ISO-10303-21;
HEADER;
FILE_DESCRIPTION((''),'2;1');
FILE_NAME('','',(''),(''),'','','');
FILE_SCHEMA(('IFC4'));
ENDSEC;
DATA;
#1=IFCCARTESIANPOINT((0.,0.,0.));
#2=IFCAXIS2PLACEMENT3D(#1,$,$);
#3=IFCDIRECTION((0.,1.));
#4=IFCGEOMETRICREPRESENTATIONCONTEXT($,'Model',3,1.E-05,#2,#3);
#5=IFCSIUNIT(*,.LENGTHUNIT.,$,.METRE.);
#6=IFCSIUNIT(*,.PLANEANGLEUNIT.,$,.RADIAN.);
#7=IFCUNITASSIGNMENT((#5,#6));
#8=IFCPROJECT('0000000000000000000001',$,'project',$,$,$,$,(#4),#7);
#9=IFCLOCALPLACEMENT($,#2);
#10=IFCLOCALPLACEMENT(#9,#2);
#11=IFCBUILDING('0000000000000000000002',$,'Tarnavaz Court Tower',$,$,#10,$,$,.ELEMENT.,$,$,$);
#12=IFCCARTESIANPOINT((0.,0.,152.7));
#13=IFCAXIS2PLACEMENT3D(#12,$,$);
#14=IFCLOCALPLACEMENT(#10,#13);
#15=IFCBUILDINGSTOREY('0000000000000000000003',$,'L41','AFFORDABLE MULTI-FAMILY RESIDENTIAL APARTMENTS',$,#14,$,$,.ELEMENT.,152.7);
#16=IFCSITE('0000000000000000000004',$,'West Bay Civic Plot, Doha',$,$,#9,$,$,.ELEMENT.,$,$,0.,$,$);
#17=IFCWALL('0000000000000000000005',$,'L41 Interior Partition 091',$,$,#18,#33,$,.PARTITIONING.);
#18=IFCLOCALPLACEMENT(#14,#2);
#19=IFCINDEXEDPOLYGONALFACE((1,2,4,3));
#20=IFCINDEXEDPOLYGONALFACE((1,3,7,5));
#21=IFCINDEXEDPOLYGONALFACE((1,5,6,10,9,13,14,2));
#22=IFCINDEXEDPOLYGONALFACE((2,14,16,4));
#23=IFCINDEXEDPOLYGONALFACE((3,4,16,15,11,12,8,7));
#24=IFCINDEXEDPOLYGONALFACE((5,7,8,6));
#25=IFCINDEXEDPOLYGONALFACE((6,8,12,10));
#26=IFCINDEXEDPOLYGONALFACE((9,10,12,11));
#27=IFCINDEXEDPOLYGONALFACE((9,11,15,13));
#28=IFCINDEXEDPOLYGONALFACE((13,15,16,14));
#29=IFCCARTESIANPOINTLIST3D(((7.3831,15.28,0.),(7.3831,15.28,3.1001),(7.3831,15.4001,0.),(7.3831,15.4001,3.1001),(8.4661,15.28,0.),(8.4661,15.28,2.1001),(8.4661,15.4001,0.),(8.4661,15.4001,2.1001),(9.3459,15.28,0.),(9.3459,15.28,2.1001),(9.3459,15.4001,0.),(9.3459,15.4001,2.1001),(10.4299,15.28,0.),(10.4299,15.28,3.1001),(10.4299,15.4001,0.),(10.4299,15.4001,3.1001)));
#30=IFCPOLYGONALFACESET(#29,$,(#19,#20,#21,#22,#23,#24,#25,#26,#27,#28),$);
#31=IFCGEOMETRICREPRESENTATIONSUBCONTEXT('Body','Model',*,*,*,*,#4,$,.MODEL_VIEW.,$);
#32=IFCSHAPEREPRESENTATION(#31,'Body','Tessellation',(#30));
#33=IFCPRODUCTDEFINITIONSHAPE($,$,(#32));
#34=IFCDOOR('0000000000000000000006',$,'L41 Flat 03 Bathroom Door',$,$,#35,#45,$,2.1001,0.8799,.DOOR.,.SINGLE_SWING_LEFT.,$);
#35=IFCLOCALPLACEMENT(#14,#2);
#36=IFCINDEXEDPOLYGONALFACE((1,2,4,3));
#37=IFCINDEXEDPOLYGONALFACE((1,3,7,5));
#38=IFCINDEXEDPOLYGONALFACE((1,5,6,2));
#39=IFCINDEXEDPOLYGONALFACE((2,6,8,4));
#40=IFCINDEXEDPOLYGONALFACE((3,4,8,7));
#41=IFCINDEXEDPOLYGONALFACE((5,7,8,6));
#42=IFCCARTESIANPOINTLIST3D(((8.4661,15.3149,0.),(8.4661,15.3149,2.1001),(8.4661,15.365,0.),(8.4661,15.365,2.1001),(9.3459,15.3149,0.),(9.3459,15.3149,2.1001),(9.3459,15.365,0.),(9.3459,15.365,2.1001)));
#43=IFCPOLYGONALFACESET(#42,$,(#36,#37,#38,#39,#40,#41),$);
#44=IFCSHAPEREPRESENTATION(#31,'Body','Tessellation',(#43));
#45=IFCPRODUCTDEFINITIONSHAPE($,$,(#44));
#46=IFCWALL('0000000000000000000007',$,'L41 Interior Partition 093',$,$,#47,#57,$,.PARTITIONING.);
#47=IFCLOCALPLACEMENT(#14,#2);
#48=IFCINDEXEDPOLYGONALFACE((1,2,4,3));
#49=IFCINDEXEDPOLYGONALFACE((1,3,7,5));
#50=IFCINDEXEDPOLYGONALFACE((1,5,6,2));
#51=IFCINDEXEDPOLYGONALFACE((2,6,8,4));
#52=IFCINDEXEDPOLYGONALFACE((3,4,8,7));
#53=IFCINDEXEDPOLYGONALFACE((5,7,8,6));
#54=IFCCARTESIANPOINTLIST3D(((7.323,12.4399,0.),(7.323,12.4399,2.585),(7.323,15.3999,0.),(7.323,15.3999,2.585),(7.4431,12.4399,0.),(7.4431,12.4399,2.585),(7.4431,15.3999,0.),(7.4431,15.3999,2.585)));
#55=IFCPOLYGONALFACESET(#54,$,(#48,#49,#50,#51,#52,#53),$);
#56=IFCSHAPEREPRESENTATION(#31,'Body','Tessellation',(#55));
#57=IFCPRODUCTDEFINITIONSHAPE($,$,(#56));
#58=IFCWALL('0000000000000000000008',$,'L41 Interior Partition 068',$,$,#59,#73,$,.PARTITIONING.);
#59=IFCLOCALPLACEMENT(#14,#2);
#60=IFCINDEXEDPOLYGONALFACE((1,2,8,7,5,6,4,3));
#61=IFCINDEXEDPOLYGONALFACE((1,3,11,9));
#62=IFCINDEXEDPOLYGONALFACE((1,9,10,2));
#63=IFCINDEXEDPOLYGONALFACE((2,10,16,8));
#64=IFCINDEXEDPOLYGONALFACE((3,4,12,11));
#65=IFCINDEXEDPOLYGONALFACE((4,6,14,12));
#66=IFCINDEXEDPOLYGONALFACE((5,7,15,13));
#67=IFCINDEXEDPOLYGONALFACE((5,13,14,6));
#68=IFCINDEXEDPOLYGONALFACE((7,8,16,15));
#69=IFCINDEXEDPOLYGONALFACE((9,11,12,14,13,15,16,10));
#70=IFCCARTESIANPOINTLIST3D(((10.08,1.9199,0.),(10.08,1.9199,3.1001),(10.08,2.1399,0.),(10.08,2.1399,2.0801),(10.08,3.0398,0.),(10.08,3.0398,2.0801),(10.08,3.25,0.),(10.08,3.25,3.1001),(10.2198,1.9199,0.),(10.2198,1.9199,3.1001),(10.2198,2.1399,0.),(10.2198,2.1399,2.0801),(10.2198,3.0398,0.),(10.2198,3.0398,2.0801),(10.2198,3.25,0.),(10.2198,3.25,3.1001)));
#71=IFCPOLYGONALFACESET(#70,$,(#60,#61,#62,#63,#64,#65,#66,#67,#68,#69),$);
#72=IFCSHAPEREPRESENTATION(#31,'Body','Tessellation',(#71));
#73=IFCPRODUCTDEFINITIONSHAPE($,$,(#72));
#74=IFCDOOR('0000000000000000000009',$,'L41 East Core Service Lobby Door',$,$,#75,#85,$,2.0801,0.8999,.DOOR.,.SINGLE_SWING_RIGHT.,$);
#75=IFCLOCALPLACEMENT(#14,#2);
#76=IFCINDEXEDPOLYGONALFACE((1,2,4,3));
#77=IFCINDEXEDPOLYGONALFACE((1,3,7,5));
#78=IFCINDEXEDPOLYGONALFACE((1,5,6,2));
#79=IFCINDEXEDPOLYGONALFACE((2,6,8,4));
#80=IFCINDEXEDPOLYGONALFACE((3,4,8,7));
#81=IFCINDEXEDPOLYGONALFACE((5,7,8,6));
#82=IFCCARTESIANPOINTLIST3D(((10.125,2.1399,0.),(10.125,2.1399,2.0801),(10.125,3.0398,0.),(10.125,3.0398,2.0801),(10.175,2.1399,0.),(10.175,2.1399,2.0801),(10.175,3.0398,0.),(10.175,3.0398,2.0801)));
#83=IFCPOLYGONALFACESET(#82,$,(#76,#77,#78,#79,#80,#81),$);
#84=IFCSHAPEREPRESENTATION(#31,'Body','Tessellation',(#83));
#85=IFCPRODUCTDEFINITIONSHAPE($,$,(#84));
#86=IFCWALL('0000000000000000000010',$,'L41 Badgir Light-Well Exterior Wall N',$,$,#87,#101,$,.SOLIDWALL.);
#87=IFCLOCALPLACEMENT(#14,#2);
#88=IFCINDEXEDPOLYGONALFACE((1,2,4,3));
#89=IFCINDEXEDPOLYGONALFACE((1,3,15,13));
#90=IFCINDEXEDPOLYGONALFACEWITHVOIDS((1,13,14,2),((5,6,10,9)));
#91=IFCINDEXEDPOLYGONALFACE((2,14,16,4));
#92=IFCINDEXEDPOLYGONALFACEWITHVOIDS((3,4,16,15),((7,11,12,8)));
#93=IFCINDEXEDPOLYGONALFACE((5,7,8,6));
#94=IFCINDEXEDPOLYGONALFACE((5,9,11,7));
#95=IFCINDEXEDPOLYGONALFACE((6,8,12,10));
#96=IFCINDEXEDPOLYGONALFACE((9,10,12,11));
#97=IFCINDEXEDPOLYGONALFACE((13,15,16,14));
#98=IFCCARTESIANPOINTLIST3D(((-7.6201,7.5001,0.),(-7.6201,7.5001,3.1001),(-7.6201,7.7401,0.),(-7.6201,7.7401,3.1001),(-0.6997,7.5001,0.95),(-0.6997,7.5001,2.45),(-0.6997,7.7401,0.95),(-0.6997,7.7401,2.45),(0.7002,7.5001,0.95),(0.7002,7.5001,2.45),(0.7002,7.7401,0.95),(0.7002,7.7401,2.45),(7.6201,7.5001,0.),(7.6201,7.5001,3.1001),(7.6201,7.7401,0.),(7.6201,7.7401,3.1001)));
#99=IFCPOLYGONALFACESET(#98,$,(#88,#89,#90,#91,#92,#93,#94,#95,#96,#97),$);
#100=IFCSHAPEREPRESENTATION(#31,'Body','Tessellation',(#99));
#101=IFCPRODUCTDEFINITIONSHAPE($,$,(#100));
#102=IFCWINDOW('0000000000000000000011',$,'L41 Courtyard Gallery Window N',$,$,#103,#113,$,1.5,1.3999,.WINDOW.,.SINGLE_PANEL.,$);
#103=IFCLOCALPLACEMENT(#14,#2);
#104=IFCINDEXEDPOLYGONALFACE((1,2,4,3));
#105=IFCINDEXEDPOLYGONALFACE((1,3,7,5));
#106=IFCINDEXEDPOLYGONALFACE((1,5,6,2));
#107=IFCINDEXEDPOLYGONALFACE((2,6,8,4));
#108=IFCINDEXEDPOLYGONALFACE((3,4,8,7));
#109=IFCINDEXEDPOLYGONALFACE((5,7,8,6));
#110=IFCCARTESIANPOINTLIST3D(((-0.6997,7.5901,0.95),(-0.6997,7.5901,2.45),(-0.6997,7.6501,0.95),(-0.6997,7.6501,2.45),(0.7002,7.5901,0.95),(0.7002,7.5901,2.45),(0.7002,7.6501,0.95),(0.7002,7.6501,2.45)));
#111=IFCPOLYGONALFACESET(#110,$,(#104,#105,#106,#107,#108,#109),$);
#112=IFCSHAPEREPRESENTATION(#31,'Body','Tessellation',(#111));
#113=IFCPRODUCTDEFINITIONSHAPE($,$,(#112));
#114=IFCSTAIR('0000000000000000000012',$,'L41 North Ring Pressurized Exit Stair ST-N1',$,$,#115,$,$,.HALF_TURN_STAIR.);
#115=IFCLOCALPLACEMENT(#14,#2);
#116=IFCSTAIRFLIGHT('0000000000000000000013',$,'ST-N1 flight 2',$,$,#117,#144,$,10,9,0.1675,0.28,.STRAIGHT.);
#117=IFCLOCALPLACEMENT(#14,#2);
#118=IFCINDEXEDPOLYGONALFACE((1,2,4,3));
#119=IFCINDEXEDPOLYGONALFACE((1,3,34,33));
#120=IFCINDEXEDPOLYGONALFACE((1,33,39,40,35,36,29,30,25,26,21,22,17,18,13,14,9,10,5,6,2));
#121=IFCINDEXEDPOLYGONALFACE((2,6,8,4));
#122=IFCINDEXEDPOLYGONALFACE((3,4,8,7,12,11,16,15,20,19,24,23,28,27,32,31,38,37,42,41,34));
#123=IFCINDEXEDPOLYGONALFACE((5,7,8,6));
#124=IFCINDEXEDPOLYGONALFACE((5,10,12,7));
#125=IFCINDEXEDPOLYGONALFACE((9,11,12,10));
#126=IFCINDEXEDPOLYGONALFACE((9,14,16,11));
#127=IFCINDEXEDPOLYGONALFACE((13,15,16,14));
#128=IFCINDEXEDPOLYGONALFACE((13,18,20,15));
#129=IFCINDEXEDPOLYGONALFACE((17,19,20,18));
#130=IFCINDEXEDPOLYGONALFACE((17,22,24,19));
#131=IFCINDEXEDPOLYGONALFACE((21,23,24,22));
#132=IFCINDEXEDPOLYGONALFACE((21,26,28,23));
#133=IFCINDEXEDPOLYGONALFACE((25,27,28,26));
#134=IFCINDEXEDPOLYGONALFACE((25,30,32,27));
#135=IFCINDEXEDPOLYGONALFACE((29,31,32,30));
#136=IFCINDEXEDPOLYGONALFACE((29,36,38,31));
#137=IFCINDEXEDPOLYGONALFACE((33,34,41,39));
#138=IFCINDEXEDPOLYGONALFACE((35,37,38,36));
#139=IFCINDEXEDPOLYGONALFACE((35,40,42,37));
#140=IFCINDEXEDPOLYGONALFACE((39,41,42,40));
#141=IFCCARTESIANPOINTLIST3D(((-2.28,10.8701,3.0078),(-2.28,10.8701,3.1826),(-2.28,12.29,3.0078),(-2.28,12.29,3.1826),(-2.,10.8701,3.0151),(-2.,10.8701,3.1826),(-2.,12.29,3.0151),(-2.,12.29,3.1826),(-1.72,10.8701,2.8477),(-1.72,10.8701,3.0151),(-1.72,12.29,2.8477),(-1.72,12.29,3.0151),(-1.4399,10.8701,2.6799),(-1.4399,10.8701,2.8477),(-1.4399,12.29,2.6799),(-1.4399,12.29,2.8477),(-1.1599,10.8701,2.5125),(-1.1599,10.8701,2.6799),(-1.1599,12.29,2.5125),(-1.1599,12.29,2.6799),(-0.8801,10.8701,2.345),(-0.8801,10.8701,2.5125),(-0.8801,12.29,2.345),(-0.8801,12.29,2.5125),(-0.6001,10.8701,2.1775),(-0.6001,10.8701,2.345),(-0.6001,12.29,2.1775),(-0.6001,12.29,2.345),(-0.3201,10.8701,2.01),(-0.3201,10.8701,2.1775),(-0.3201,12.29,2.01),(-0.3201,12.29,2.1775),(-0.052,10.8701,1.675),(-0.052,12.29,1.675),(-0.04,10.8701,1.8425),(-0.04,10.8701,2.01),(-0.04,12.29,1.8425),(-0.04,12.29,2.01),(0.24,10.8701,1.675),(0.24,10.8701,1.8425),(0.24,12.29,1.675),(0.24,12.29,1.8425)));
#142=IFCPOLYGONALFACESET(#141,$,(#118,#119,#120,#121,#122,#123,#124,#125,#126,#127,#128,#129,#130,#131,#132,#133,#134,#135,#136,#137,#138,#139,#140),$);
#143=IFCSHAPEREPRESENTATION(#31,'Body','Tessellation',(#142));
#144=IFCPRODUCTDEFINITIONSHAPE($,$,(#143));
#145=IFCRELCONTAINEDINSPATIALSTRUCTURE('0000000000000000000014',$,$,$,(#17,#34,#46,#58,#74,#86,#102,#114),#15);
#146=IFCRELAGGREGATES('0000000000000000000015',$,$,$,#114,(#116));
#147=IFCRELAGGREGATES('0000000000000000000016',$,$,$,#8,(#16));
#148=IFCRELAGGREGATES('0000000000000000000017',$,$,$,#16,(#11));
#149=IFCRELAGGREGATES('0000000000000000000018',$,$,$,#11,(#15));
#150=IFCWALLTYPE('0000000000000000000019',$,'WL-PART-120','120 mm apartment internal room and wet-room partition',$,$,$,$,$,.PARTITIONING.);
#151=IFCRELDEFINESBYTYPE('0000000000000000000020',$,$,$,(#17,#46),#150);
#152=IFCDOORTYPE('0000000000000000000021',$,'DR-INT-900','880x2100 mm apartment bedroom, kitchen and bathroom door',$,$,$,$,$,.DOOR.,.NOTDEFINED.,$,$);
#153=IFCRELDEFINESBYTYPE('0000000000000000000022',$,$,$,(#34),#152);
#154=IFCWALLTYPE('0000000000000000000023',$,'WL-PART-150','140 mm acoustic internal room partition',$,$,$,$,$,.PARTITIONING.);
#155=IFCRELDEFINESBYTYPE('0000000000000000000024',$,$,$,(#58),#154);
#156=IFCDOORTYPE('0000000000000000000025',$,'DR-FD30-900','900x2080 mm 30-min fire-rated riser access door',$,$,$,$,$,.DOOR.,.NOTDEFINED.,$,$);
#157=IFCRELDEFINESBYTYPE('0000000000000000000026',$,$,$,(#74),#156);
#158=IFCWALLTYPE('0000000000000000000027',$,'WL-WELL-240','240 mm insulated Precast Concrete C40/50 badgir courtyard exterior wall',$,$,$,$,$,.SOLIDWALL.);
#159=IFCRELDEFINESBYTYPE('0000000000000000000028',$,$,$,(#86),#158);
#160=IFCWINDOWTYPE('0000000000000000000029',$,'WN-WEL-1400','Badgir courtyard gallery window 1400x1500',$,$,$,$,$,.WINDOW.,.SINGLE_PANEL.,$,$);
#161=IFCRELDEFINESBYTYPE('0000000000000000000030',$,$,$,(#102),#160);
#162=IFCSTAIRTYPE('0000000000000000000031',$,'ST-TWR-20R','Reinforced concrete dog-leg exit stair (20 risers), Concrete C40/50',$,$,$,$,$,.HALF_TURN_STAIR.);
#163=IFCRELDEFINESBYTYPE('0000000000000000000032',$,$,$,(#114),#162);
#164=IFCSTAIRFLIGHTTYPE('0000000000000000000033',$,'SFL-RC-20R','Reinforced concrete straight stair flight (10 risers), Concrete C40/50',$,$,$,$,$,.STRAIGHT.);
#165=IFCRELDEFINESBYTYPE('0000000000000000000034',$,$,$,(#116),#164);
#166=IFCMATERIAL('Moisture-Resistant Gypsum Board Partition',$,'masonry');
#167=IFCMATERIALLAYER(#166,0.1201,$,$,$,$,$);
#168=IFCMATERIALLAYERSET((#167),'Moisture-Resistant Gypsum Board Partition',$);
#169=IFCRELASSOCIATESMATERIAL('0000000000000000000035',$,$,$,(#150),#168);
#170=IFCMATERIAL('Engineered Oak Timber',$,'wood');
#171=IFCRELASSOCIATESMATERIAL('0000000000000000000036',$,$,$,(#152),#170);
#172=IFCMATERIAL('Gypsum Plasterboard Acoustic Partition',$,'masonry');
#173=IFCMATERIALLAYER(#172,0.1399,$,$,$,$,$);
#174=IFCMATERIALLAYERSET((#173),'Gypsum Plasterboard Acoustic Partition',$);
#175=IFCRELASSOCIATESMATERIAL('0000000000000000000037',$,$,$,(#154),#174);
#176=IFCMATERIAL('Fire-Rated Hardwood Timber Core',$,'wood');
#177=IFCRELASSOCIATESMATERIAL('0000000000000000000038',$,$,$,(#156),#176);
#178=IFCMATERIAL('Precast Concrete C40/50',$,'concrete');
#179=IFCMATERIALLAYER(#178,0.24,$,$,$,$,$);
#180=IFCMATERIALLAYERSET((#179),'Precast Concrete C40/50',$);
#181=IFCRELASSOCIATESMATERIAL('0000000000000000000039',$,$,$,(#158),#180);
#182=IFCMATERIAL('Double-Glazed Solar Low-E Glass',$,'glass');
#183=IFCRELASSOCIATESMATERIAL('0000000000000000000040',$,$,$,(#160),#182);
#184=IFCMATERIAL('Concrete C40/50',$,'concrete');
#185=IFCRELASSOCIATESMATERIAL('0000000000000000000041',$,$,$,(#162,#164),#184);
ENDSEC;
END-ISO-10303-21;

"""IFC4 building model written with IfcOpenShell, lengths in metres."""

from ifc_helpers import new_model, si_unit, direction, frame, frame_2d, origin, place, context, subcontext, project, spatial, polyline, rectangle, outline, extrude, material, layer, layer_set, type_object, element, fill, aggregate, save


model = new_model("IFC4")

# Units and contexts
model_context = context("Model", 3, precision=1e-05, world=origin(), true_north=direction((0.0, 1.0)))
body_context = subcontext(model_context, "Body", "Model", "MODEL_VIEW")
ifc_project = project(units=[si_unit("LENGTHUNIT", "METRE"), si_unit("PLANEANGLEUNIT", "RADIAN")], contexts=[model_context])

# Site, building, storey
site_placement = place(None, origin())
site = spatial("IfcSite", under=ifc_project, at=site_placement, Name="West Bay Civic Plot, Doha", CompositionType="ELEMENT", RefElevation=0.0)
building_placement = place(site_placement, origin())
building = spatial("IfcBuilding", under=site, at=building_placement, Name="Tarnavaz Court Tower", CompositionType="ELEMENT")
storey_placement = place(building_placement, frame((0.0, 0.0, 152.7)))
storey = spatial("IfcBuildingStorey", under=building, at=storey_placement, Name="L41", Description="AFFORDABLE MULTI-FAMILY RESIDENTIAL APARTMENTS", CompositionType="ELEMENT", Elevation=152.7)

# Shared definitions
ifc_material_1 = material(Name="Fire-Rated Hardwood Timber Core", Category="wood")

# Wall, opening, door
ifc_material_2 = material(Name="Moisture-Resistant Gypsum Board Partition", Category="masonry")
ifc_layer_1 = layer(ifc_material_2, 0.1201)
ifc_layer_set_1 = layer_set([ifc_layer_1], Name="Moisture-Resistant Gypsum Board Partition")
wall_type_1 = type_object("IfcWallType", Name="WL-PART-120", Description="120 mm apartment internal room and wet-room partition", PredefinedType="PARTITIONING", material=ifc_layer_set_1)
ifc_material_3 = material(Name="Engineered Oak Timber", Category="wood")
door_type_1 = type_object("IfcDoorType", Name="DR-INT-900", Description="880x2100 mm apartment bedroom, kitchen and bathroom door", OperationType="NOTDEFINED", PredefinedType="DOOR", material=ifc_material_3)
wall_1_placement = place(storey_placement, frame((7.3831, 15.3401, 0.0), z_axis=(0.0, 0.0, 1.0), x_axis=(1.0, 0.0, 0.0)))
wall_1 = element("IfcWall", 1, at=wall_1_placement, inside=storey, type_object=wall_type_1, Name="L41 Interior Partition 091", PredefinedType="PARTITIONING", context=body_context, shape_type="SweptSolid", body=[
    extrude(rectangle(XDim=3.0469, YDim=0.1201, at=frame_2d((1.5234, 0.0))), origin(), (0.0, 0.0, 1.0), 3.1001),
])
opening_1_placement = place(wall_1_placement, frame((1.083, 0.0, 0.0)))
opening_1 = element("IfcOpeningElement", 2, at=opening_1_placement, cuts=wall_1, PredefinedType="OPENING", context=body_context, shape_type="SweptSolid", body=[
    extrude(rectangle(XDim=0.8799, YDim=2.1001, at=frame_2d((0.4399, 1.05))), frame((0.0, 0.0701, 0.0), z_axis=(0.0, -1.0, 0.0), x_axis=(1.0, 0.0, 0.0)), (0.0, 0.0, 1.0), 0.1401),
])
door_1_placement = place(opening_1_placement, origin())
door_1 = element("IfcDoor", 3, at=door_1_placement, inside=storey, type_object=door_type_1, Name="L41 Flat 03 Bathroom Door", OperationType="SINGLE_SWING_LEFT", OverallHeight=2.1001, OverallWidth=0.8799, PredefinedType="DOOR", context=body_context, shape_type="SweptSolid", body=[
    extrude(rectangle(XDim=0.8799, YDim=2.1001, at=frame_2d((0.4399, 1.05))), frame((0.0, 0.0249, 0.0), z_axis=(0.0, -1.0, 0.0), x_axis=(1.0, 0.0, 0.0)), (0.0, 0.0, 1.0), 0.05),
])
fill(opening_1, door_1)

# Wall
wall_2_placement = place(storey_placement, frame((7.3831, 12.4399, 0.0), z_axis=(0.0, 0.0, 1.0), x_axis=(0.0, 1.0, 0.0)))
element("IfcWall", 4, at=wall_2_placement, inside=storey, type_object=wall_type_1, Name="L41 Interior Partition 093", PredefinedType="PARTITIONING", context=body_context, shape_type="SweptSolid", body=[
    extrude(rectangle(XDim=2.96, YDim=0.1201, at=frame_2d((1.48, 0.0))), origin(), (0.0, 0.0, 1.0), 2.585),
])

# Wall, opening, door
ifc_material_4 = material(Name="Gypsum Plasterboard Acoustic Partition", Category="masonry")
ifc_layer_2 = layer(ifc_material_4, 0.1399)
ifc_layer_set_2 = layer_set([ifc_layer_2], Name="Gypsum Plasterboard Acoustic Partition")
wall_type_2 = type_object("IfcWallType", Name="WL-PART-150", Description="140 mm acoustic internal room partition", PredefinedType="PARTITIONING", material=ifc_layer_set_2)
wall_3_placement = place(storey_placement, frame((10.1499, 1.9199, 0.0), z_axis=(0.0, 0.0, 1.0), x_axis=(0.0, 1.0, 0.0)))
wall_3 = element("IfcWall", 5, at=wall_3_placement, inside=storey, type_object=wall_type_2, Name="L41 Interior Partition 068", PredefinedType="PARTITIONING", context=body_context, shape_type="SweptSolid", body=[
    extrude(rectangle(XDim=1.3301, YDim=0.1399, at=frame_2d((0.665, 0.0))), origin(), (0.0, 0.0, 1.0), 3.1001),
])
opening_2_placement = place(wall_3_placement, frame((0.22, 0.0, 0.0)))
opening_2 = element("IfcOpeningElement", 6, at=opening_2_placement, cuts=wall_3, PredefinedType="OPENING", context=body_context, shape_type="SweptSolid", body=[
    extrude(rectangle(XDim=0.8999, YDim=2.0801, at=frame_2d((0.45, 1.04))), frame((0.0, 0.0798, 0.0), z_axis=(0.0, -1.0, 0.0), x_axis=(1.0, 0.0, 0.0)), (0.0, 0.0, 1.0), 0.1599),
])
door_type_2 = type_object("IfcDoorType", Name="DR-FD30-900", Description="900x2080 mm 30-min fire-rated riser access door", OperationType="NOTDEFINED", PredefinedType="DOOR", material=ifc_material_1)
door_2_placement = place(opening_2_placement, origin())
door_2 = element("IfcDoor", 7, at=door_2_placement, inside=storey, type_object=door_type_2, Name="L41 East Core Service Lobby Door", OperationType="SINGLE_SWING_RIGHT", OverallHeight=2.0801, OverallWidth=0.8999, PredefinedType="DOOR", context=body_context, shape_type="SweptSolid", body=[
    extrude(rectangle(XDim=0.8999, YDim=2.0801, at=frame_2d((0.45, 1.04))), frame((0.0, 0.0249, 0.0), z_axis=(0.0, -1.0, 0.0), x_axis=(1.0, 0.0, 0.0)), (0.0, 0.0, 1.0), 0.05),
])
fill(opening_2, door_2)

# Wall, opening, window
ifc_material_5 = material(Name="Precast Concrete C40/50", Category="concrete")
ifc_layer_3 = layer(ifc_material_5, 0.24)
ifc_layer_set_3 = layer_set([ifc_layer_3], Name="Precast Concrete C40/50")
wall_type_3 = type_object("IfcWallType", Name="WL-WELL-240", Description="240 mm insulated Precast Concrete C40/50 badgir courtyard exterior wall", PredefinedType="SOLIDWALL", material=ifc_layer_set_3)
wall_4_placement = place(storey_placement, frame((7.6201, 7.6201, 0.0), z_axis=(0.0, 0.0, 1.0), x_axis=(-1.0, 0.0, 0.0)))
wall_4 = element("IfcWall", 8, at=wall_4_placement, inside=storey, type_object=wall_type_3, Name="L41 Badgir Light-Well Exterior Wall N", PredefinedType="SOLIDWALL", context=body_context, shape_type="SweptSolid", body=[
    extrude(rectangle(XDim=15.2402, YDim=0.24, at=frame_2d((7.6201, 0.0))), origin(), (0.0, 0.0, 1.0), 3.1001),
])
opening_3_placement = place(wall_4_placement, frame((6.9199, 0.0, 0.95)))
opening_3 = element("IfcOpeningElement", 9, at=opening_3_placement, cuts=wall_4, PredefinedType="OPENING", context=body_context, shape_type="SweptSolid", body=[
    extrude(rectangle(XDim=1.3999, YDim=1.5, at=frame_2d((0.7, 0.75))), frame((0.0, 0.1299, 0.0), z_axis=(0.0, -1.0, 0.0), x_axis=(1.0, 0.0, 0.0)), (0.0, 0.0, 1.0), 0.26),
])
ifc_material_6 = material(Name="Double-Glazed Solar Low-E Glass", Category="glass")
window_type = type_object("IfcWindowType", Name="WN-WEL-1400", Description="Badgir courtyard gallery window 1400x1500", PartitioningType="SINGLE_PANEL", PredefinedType="WINDOW", material=ifc_material_6)
window_placement = place(opening_3_placement, origin())
window = element("IfcWindow", 10, at=window_placement, inside=storey, type_object=window_type, Name="L41 Courtyard Gallery Window N", OverallHeight=1.5, OverallWidth=1.3999, PartitioningType="SINGLE_PANEL", PredefinedType="WINDOW", context=body_context, shape_type="SweptSolid", body=[
    extrude(rectangle(XDim=1.3999, YDim=1.5, at=frame_2d((0.7, 0.75))), frame((0.0, 0.03, 0.0), z_axis=(0.0, -1.0, 0.0), x_axis=(1.0, 0.0, 0.0)), (0.0, 0.0, 1.0), 0.0601),
])
fill(opening_3, window)

# Stair, stair flight
ifc_material_7 = material(Name="Concrete C40/50", Category="concrete")
stair_type = type_object("IfcStairType", Name="ST-TWR-20R", Description="Reinforced concrete dog-leg exit stair (20 risers), Concrete C40/50", PredefinedType="HALF_TURN_STAIR", material=ifc_material_7)
stair_placement = place(storey_placement, origin())
stair = element("IfcStair", 11, at=stair_placement, inside=storey, type_object=stair_type, Name="L41 North Ring Pressurized Exit Stair ST-N1", PredefinedType="HALF_TURN_STAIR")
stair_flight_type = type_object("IfcStairFlightType", Name="SFL-RC-20R", Description="Reinforced concrete straight stair flight (10 risers), Concrete C40/50", PredefinedType="STRAIGHT", material=ifc_material_7)
stair_flight_placement = place(storey_placement, frame((0.24, 11.5801, 1.675), z_axis=(0.0, 0.0, 1.0), x_axis=(-1.0, 0.0, 0.0)))
stair_flight = element("IfcStairFlight", 12, at=stair_flight_placement, type_object=stair_flight_type, Name="ST-N1 flight 2", NumberOfRisers=10, NumberOfTreads=9, PredefinedType="STRAIGHT", RiserHeight=0.1675, TreadLength=0.28, context=body_context, shape_type="SweptSolid", body=[
    extrude(outline(polyline([(0.0, 0.0), (0.0, 0.1675), (0.28, 0.1675), (0.28, 0.335), (0.5601, 0.335), (0.5601, 0.5024), (0.8401, 0.5024), (0.8401, 0.6699), (1.1201, 0.6699), (1.1201, 0.8374), (1.3999, 0.8374), (1.3999, 1.0049), (1.6799, 1.0049), (1.6799, 1.1726), (1.96, 1.1726), (1.96, 1.3401), (2.24, 1.3401), (2.24, 1.5076), (2.52, 1.5076), (2.52, 1.675), (2.52, 1.3328), (0.292, 0.0), (0.0, 0.0)])), frame((0.0, 0.71, 0.0), z_axis=(0.0, -1.0, 0.0), x_axis=(1.0, 0.0, 0.0)), (0.0, 0.0, 1.0), 1.4199),
])
aggregate(stair, [stair_flight])

save(model, "model.ifc")
